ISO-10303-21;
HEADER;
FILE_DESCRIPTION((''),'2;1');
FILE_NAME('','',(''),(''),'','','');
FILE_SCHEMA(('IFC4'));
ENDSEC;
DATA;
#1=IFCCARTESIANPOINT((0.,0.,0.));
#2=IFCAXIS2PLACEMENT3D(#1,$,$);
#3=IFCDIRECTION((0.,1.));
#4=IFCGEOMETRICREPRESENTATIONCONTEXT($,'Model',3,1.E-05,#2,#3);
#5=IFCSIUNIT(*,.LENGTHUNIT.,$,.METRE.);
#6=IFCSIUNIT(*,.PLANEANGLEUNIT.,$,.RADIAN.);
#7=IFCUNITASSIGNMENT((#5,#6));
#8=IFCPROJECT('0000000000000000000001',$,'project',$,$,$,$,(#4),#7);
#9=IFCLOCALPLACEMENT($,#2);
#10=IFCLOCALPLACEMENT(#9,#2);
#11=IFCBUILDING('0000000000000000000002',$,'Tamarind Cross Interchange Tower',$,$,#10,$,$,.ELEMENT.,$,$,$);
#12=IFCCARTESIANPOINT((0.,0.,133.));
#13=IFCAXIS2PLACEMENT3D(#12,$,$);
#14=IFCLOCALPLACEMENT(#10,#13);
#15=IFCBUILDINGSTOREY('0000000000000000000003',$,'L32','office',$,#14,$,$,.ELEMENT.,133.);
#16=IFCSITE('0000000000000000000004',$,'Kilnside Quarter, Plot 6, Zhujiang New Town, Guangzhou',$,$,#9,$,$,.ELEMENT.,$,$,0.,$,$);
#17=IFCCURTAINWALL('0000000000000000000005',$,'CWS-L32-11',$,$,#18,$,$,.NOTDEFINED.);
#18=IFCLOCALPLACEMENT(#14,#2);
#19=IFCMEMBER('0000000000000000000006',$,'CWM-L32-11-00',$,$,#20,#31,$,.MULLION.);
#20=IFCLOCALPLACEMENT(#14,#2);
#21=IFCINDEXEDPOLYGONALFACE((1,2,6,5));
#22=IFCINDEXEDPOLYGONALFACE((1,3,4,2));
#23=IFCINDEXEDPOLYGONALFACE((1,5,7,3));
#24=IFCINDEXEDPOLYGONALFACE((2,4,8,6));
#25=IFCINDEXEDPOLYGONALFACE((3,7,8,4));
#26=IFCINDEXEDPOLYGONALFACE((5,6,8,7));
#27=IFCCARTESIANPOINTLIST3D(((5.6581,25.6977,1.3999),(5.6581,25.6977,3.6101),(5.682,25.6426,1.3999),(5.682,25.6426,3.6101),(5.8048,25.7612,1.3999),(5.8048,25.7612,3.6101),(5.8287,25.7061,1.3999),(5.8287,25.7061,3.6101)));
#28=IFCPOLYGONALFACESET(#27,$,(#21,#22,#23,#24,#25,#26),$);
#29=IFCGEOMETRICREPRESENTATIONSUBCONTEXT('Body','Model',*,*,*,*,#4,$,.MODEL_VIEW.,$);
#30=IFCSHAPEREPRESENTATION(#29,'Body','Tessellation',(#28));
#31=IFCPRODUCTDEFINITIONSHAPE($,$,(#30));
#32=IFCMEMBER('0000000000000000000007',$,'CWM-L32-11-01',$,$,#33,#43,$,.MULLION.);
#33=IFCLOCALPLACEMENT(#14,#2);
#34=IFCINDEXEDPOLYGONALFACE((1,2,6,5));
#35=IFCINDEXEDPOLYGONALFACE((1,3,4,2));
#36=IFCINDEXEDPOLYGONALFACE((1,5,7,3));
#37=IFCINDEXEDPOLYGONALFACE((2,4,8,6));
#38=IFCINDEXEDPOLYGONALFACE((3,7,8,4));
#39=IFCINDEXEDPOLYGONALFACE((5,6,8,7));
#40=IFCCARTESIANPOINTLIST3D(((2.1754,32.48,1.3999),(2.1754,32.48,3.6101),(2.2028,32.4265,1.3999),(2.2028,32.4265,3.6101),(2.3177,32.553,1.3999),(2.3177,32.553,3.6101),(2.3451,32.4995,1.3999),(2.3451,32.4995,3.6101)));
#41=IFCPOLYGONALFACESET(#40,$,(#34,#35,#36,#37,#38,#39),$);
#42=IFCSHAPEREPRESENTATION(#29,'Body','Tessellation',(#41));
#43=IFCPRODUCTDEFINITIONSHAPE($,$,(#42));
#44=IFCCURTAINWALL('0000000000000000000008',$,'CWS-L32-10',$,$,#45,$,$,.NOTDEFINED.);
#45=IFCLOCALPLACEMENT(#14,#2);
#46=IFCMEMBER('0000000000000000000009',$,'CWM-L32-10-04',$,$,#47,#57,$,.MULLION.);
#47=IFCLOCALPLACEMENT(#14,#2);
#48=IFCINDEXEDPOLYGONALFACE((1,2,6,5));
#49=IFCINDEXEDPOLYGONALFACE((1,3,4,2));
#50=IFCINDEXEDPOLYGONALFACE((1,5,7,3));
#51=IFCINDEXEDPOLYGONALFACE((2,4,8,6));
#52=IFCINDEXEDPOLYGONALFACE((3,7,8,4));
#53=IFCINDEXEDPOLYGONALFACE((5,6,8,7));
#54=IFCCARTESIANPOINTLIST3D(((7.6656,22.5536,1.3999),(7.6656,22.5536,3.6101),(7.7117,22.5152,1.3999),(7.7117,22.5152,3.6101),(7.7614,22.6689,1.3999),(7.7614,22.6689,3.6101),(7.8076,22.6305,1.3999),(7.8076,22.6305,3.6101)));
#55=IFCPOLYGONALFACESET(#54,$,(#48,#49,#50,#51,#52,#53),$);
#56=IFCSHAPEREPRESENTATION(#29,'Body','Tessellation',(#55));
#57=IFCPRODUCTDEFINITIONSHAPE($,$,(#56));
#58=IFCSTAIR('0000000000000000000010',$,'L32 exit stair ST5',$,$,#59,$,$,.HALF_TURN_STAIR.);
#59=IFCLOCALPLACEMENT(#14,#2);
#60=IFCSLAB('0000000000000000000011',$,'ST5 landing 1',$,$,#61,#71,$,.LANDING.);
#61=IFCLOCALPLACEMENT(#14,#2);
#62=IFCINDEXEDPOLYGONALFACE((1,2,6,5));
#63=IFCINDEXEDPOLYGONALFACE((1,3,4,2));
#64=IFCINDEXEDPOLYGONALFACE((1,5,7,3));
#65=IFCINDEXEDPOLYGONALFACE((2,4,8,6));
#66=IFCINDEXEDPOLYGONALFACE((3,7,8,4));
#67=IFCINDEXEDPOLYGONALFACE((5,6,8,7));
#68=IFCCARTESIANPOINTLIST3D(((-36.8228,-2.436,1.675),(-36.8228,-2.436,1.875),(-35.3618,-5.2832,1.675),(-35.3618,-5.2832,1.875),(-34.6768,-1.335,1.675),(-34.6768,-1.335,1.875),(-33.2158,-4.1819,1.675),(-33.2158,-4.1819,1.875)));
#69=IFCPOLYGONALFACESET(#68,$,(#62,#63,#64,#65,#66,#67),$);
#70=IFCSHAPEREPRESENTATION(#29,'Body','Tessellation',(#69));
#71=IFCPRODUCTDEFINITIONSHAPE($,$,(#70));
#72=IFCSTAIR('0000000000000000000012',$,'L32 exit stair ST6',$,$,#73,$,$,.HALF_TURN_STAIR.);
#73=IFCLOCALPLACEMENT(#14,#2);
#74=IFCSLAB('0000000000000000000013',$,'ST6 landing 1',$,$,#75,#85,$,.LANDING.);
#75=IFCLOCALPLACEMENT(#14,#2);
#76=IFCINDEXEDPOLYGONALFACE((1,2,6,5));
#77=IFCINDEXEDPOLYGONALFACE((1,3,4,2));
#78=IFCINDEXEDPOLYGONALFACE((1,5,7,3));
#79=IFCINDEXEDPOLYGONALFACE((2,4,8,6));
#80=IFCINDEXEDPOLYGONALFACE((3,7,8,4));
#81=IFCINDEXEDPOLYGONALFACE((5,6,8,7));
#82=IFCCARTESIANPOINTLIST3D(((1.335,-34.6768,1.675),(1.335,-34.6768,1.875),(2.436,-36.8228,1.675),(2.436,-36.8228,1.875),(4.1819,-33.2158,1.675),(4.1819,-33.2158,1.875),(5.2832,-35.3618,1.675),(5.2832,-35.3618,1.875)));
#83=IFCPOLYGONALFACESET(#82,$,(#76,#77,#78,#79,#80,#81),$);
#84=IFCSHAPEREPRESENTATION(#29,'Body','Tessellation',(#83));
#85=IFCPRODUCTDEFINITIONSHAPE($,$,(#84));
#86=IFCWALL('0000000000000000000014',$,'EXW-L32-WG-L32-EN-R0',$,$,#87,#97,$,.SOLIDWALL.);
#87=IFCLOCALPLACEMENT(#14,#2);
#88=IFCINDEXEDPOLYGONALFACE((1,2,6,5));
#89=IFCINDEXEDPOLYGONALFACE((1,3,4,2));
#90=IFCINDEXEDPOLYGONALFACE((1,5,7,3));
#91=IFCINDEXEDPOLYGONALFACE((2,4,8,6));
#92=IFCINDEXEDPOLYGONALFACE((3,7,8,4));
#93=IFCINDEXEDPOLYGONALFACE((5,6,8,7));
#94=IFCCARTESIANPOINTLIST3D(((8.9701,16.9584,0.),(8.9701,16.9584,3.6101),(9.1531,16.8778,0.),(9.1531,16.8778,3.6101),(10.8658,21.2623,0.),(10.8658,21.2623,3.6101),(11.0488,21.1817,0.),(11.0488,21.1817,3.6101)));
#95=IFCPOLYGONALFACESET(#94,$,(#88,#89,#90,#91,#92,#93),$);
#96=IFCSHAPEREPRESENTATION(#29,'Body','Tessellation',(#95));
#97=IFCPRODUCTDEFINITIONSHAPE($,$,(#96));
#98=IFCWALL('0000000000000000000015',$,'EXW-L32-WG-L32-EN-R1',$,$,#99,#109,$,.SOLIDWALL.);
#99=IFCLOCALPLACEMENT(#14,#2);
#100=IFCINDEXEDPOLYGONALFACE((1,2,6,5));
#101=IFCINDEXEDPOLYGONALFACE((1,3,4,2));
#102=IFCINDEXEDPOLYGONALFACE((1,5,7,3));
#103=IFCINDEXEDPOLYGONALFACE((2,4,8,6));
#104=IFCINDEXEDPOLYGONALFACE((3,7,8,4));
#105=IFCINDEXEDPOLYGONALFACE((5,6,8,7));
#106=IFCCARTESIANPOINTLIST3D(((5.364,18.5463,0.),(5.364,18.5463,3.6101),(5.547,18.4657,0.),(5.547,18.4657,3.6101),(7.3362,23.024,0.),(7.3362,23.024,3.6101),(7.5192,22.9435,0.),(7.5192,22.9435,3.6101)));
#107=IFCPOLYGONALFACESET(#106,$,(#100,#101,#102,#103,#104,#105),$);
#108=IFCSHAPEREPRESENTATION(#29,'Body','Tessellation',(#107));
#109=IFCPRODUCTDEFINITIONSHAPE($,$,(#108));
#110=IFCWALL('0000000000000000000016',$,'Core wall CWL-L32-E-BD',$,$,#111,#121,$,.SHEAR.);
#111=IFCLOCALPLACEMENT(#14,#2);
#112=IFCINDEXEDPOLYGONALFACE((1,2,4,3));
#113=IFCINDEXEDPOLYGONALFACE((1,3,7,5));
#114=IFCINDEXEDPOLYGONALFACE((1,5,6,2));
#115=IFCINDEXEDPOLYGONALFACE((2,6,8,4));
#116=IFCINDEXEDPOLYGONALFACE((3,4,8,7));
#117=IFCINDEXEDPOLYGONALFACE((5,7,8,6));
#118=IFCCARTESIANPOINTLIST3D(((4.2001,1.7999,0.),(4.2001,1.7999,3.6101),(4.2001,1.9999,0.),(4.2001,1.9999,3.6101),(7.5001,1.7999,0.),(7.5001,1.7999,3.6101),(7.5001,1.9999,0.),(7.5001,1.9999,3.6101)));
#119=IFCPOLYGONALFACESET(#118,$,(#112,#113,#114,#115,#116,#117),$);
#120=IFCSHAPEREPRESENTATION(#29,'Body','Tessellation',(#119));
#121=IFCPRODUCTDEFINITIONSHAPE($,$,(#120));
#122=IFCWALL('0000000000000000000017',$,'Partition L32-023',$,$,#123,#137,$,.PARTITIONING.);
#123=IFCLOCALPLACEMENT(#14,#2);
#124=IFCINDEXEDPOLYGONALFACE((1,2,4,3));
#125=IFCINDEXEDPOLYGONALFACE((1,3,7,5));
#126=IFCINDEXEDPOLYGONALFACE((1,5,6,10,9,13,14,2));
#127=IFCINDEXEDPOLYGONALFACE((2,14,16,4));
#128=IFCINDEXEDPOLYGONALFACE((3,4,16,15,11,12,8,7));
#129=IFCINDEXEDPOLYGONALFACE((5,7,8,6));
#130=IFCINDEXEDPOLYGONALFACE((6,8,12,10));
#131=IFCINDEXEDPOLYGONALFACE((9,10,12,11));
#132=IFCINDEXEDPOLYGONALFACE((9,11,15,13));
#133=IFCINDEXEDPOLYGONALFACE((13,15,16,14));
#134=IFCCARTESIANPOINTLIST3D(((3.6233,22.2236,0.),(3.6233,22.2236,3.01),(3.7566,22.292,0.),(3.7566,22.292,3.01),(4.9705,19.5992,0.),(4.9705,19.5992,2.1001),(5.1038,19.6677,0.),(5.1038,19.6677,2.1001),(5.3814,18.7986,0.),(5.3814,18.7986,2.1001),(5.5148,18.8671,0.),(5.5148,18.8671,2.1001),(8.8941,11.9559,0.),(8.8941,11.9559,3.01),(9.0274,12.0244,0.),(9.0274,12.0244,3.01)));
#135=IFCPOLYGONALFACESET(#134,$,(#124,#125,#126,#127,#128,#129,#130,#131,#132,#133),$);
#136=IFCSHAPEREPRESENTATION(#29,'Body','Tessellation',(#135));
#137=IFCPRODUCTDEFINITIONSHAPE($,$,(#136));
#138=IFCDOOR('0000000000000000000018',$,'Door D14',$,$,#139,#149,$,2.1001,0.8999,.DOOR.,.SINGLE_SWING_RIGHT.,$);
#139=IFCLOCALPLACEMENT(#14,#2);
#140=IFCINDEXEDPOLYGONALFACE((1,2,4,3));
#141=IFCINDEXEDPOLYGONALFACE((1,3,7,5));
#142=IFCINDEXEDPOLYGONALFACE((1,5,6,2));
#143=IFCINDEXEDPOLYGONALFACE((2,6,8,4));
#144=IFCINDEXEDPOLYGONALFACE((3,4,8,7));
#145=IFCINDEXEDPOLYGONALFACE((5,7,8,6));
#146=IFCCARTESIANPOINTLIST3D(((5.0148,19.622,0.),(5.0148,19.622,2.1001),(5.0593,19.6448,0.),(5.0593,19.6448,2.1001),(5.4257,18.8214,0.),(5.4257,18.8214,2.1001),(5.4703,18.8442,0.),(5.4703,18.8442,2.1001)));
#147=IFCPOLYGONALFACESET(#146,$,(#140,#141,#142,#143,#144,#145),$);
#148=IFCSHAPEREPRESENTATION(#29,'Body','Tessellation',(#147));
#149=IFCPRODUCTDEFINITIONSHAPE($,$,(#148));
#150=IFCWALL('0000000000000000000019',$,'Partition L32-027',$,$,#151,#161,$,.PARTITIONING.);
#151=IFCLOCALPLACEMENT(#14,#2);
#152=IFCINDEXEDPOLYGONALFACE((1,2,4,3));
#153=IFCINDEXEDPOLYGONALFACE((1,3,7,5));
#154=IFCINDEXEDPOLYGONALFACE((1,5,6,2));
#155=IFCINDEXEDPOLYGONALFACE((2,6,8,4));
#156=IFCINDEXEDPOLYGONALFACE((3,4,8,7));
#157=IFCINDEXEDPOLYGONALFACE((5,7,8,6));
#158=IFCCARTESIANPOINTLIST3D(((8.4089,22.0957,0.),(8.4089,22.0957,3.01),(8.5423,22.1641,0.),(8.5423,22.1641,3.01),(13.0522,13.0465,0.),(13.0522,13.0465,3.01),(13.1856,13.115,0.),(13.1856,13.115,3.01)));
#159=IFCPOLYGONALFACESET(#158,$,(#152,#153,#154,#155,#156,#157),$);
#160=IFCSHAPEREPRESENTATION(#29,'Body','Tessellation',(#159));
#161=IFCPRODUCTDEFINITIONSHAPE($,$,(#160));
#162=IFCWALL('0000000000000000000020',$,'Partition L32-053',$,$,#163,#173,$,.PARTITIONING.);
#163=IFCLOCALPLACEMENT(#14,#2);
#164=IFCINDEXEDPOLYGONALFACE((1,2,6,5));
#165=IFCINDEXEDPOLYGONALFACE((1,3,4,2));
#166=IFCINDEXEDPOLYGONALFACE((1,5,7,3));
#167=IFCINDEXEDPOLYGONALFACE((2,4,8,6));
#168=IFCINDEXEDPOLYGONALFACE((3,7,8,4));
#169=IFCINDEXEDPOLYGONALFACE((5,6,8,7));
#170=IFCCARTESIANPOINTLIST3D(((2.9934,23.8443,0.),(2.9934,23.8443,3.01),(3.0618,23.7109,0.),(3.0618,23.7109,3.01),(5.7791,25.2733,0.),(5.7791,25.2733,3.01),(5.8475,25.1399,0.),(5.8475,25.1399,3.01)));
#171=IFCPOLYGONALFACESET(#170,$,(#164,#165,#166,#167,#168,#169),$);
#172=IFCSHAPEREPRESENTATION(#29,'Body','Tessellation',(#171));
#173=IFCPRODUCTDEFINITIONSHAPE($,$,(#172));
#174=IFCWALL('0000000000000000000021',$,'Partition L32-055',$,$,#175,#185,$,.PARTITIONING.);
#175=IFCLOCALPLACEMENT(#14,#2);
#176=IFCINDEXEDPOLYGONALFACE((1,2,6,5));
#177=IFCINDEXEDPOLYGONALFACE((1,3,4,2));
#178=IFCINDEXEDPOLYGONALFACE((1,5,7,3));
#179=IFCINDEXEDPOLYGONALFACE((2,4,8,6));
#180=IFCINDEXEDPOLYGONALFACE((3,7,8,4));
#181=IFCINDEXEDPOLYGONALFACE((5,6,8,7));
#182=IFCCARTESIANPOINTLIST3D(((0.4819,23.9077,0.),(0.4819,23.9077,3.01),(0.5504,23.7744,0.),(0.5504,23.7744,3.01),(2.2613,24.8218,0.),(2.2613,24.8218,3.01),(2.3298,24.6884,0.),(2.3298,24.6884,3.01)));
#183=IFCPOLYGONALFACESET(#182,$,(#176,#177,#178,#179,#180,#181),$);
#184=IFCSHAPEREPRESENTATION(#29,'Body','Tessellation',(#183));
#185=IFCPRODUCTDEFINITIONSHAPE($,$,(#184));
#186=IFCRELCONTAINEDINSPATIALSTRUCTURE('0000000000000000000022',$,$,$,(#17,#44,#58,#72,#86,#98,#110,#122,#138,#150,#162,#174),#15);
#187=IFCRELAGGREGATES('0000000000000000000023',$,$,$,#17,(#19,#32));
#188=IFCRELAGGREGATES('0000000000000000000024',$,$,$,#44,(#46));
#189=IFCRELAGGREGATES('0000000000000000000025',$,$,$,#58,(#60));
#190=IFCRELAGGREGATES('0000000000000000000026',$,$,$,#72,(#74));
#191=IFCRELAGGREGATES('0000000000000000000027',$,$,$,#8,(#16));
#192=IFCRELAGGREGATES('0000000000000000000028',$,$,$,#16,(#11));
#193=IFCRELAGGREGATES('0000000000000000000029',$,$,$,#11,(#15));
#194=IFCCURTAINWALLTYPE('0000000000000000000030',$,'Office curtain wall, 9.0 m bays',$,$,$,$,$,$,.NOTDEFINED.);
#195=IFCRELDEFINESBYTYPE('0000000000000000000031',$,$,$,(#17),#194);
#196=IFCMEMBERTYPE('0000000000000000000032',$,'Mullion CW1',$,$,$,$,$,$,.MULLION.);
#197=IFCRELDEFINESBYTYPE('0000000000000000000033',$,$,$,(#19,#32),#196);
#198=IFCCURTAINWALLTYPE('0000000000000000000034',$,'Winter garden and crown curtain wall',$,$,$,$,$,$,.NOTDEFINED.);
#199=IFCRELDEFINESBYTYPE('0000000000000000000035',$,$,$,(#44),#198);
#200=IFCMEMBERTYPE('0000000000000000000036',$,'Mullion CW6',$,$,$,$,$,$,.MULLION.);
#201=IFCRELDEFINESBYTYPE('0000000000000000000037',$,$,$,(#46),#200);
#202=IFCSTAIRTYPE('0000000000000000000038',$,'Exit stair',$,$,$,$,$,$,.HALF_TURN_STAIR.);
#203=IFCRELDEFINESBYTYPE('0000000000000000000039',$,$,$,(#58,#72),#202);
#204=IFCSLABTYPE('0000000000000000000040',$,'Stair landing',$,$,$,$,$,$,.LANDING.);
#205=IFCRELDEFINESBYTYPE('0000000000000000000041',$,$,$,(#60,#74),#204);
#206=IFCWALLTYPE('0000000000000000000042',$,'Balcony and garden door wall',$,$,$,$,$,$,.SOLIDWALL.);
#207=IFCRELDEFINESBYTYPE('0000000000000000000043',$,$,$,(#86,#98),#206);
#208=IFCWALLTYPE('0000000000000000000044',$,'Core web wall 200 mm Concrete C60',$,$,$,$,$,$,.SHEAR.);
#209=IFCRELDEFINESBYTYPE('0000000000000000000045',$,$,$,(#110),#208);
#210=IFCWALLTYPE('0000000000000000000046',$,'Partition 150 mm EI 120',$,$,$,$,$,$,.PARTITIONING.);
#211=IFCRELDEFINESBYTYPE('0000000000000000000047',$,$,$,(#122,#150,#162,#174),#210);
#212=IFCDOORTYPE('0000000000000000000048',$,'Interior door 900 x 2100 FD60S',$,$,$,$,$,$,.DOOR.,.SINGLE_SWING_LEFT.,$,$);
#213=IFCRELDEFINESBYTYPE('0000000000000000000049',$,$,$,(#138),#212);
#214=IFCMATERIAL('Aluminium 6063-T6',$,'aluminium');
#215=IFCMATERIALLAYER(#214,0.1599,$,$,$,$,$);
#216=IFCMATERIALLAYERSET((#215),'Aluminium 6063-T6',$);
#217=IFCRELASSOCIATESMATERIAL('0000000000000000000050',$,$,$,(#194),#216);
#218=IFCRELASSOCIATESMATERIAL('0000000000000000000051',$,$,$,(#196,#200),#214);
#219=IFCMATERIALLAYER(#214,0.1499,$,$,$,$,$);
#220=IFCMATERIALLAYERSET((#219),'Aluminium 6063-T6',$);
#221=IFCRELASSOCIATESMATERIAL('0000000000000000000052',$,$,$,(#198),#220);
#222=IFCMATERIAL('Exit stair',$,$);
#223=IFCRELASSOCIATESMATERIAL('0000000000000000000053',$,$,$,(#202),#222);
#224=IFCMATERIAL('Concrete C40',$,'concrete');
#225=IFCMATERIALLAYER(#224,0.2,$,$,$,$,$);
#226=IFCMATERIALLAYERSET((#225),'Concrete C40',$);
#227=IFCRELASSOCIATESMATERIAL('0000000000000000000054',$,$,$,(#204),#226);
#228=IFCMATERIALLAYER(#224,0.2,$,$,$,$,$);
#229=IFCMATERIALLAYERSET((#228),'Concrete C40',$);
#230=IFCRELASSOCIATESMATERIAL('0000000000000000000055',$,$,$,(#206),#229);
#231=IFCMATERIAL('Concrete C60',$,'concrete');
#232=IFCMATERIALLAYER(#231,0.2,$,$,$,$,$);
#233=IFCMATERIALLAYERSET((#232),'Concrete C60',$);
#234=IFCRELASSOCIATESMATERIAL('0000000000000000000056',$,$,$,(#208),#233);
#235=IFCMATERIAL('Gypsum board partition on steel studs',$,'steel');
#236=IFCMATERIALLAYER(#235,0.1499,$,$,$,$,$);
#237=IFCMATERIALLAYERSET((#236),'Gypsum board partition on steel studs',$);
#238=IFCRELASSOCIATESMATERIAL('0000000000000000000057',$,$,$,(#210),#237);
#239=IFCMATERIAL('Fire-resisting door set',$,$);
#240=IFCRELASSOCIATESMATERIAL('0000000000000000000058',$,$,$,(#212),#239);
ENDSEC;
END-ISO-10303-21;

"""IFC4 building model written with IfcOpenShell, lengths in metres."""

from ifc_helpers import new_model, si_unit, direction, frame, frame_2d, origin, origin_2d, place, context, subcontext, project, spatial, polyline, rectangle, outline, extrude, material, layer, layer_set, material_profile, profile_set, type_object, element, fill, aggregate, save


model = new_model("IFC4")

# Units and contexts
model_context = context("Model", 3, precision=1e-05, world=origin(), true_north=direction((0.0, 1.0)))
body_context = subcontext(model_context, "Body", "Model", "MODEL_VIEW")
ifc_project = project(units=[si_unit("LENGTHUNIT", "METRE"), si_unit("PLANEANGLEUNIT", "RADIAN")], contexts=[model_context])

# Site, building, storey
site_placement = place(None, origin())
site = spatial("IfcSite", under=ifc_project, at=site_placement, Name="Kilnside Quarter, Plot 6, Zhujiang New Town, Guangzhou", CompositionType="ELEMENT", RefElevation=0.0)
building_placement = place(site_placement, origin())
building = spatial("IfcBuilding", under=site, at=building_placement, Name="Tamarind Cross Interchange Tower", CompositionType="ELEMENT")
storey_placement = place(building_placement, frame((0.0, 0.0, 133.0)))
storey = spatial("IfcBuildingStorey", under=building, at=storey_placement, Name="L32", Description="office", CompositionType="ELEMENT", Elevation=133.0)

# Shared definitions
ifc_material_1 = material(Name="Concrete C60", Category="concrete")

# Curtain wall, members
ifc_material_2 = material(Name="Aluminium 6063-T6", Category="aluminium")
ifc_layer_1 = layer(ifc_material_2, 0.1599)
ifc_layer_set_1 = layer_set([ifc_layer_1], Name="Aluminium 6063-T6")
curtain_wall_type_1 = type_object("IfcCurtainWallType", Name="Office curtain wall, 9.0 m bays", PredefinedType="NOTDEFINED", material=ifc_layer_set_1)
curtain_wall_1_placement = place(storey_placement, origin())
curtain_wall_1 = element("IfcCurtainWall", 1, at=curtain_wall_1_placement, inside=storey, type_object=curtain_wall_type_1, Name="CWS-L32-11", PredefinedType="NOTDEFINED")
ifc_material_profile_1 = material_profile(ifc_material_2, rectangle(XDim=0.0601, YDim=0.1599, at=origin_2d()), Name="Mullion CW1")
ifc_profile_set_1 = profile_set([ifc_material_profile_1], Name="Aluminium 6063-T6")
member_type_1 = type_object("IfcMemberType", Name="Mullion CW1", PredefinedType="MULLION", material=ifc_profile_set_1)
member_1_placement = place(storey_placement, frame((5.7434, 25.7019, 1.3999), z_axis=(0.0, 0.0, 1.0), x_axis=(-0.397385, 0.917652, 0.0)))
member_1 = element("IfcMember", 2, at=member_1_placement, type_object=member_type_1, Name="CWM-L32-11-00", PredefinedType="MULLION", context=body_context, shape_type="SweptSolid", body=[
    extrude(rectangle(XDim=0.0601, YDim=0.1599, at=origin_2d()), origin(), (0.0, 0.0, 1.0), 2.2102),
])
member_2_placement = place(storey_placement, frame((2.2603, 32.4897, 1.3999), z_axis=(0.0, 0.0, 1.0), x_axis=(-0.456551, 0.889697, 0.0)))
member_2 = element("IfcMember", 3, at=member_2_placement, type_object=member_type_1, Name="CWM-L32-11-01", PredefinedType="MULLION", context=body_context, shape_type="SweptSolid", body=[
    extrude(rectangle(XDim=0.0601, YDim=0.1599, at=origin_2d()), origin(), (0.0, 0.0, 1.0), 2.2102),
])
aggregate(curtain_wall_1, [member_1, member_2])

# Curtain wall, member
ifc_layer_2 = layer(ifc_material_2, 0.1499)
ifc_layer_set_2 = layer_set([ifc_layer_2], Name="Aluminium 6063-T6")
curtain_wall_type_2 = type_object("IfcCurtainWallType", Name="Winter garden and crown curtain wall", PredefinedType="NOTDEFINED", material=ifc_layer_set_2)
curtain_wall_2_placement = place(storey_placement, origin())
curtain_wall_2 = element("IfcCurtainWall", 4, at=curtain_wall_2_placement, inside=storey, type_object=curtain_wall_type_2, Name="CWS-L32-10", PredefinedType="NOTDEFINED")
ifc_material_profile_2 = material_profile(ifc_material_2, rectangle(XDim=0.0601, YDim=0.1499, at=origin_2d()), Name="Mullion CW6")
ifc_profile_set_2 = profile_set([ifc_material_profile_2], Name="Aluminium 6063-T6")
member_type_2 = type_object("IfcMemberType", Name="Mullion CW6", PredefinedType="MULLION", material=ifc_profile_set_2)
member_3_placement = place(storey_placement, frame((7.7366, 22.592, 1.3999), z_axis=(0.0, 0.0, 1.0), x_axis=(-0.768853, 0.639426, 0.0)))
member_3 = element("IfcMember", 5, at=member_3_placement, type_object=member_type_2, Name="CWM-L32-10-04", PredefinedType="MULLION", context=body_context, shape_type="SweptSolid", body=[
    extrude(rectangle(XDim=0.0601, YDim=0.1499, at=origin_2d()), origin(), (0.0, 0.0, 1.0), 2.2102),
])
aggregate(curtain_wall_2, [member_3])

# Stairs, slabs
ifc_material_3 = material(Name="Exit stair")
stair_type = type_object("IfcStairType", Name="Exit stair", PredefinedType="HALF_TURN_STAIR", material=ifc_material_3)
stair_1_placement = place(storey_placement, origin())
stair_1 = element("IfcStair", 6, at=stair_1_placement, inside=storey, type_object=stair_type, Name="L32 exit stair ST5", PredefinedType="HALF_TURN_STAIR")
ifc_material_4 = material(Name="Concrete C40", Category="concrete")
ifc_layer_3 = layer(ifc_material_4, 0.2)
ifc_layer_set_3 = layer_set([ifc_layer_3], Name="Concrete C40")
slab_type = type_object("IfcSlabType", Name="Stair landing", PredefinedType="LANDING", material=ifc_layer_set_3)
slab_1_placement = place(storey_placement, frame((0.0, 0.0, 1.675)))
slab_1 = element("IfcSlab", 7, at=slab_1_placement, type_object=slab_type, Name="ST5 landing 1", PredefinedType="LANDING", context=body_context, shape_type="SweptSolid", body=[
    extrude(outline(polyline([(-34.6768, -1.335), (-36.8228, -2.436), (-35.3618, -5.2832), (-33.2158, -4.1819), (-34.6768, -1.335)])), origin(), (0.0, 0.0, 1.0), 0.2),
])
aggregate(stair_1, [slab_1])
stair_2_placement = place(storey_placement, origin())
stair_2 = element("IfcStair", 8, at=stair_2_placement, inside=storey, type_object=stair_type, Name="L32 exit stair ST6", PredefinedType="HALF_TURN_STAIR")
slab_2_placement = place(storey_placement, frame((0.0, 0.0, 1.675)))
slab_2 = element("IfcSlab", 9, at=slab_2_placement, type_object=slab_type, Name="ST6 landing 1", PredefinedType="LANDING", context=body_context, shape_type="SweptSolid", body=[
    extrude(outline(polyline([(1.335, -34.6768), (2.436, -36.8228), (5.2832, -35.3618), (4.1819, -33.2158), (1.335, -34.6768)])), origin(), (0.0, 0.0, 1.0), 0.2),
])
aggregate(stair_2, [slab_2])

# Shared definitions
ifc_layer_4 = layer(ifc_material_4, 0.2)
ifc_layer_set_4 = layer_set([ifc_layer_4], Name="Concrete C40")
wall_type_1 = type_object("IfcWallType", Name="Balcony and garden door wall", PredefinedType="SOLIDWALL", material=ifc_layer_set_4)

# Walls
wall_1_placement = place(storey_placement, frame((9.0615, 16.918, 0.0), z_axis=(0.0, 0.0, 1.0), x_axis=(0.403097, 0.915157, 0.0)))
element("IfcWall", 10, at=wall_1_placement, inside=storey, type_object=wall_type_1, Name="EXW-L32-WG-L32-EN-R0", PredefinedType="SOLIDWALL", context=body_context, shape_type="SweptSolid", body=[
    extrude(rectangle(XDim=4.7029, YDim=0.2, at=frame_2d((2.3516, 0.0))), origin(), (0.0, 0.0, 1.0), 3.6101),
])
wall_2_placement = place(storey_placement, frame((5.4556, 18.5061, 0.0), z_axis=(0.0, 0.0, 1.0), x_axis=(0.403071, 0.915169, 0.0)))
element("IfcWall", 11, at=wall_2_placement, inside=storey, type_object=wall_type_1, Name="EXW-L32-WG-L32-EN-R1", PredefinedType="SOLIDWALL", context=body_context, shape_type="SweptSolid", body=[
    extrude(rectangle(XDim=4.8928, YDim=0.2, at=frame_2d((2.4463, 0.0))), origin(), (0.0, 0.0, 1.0), 3.6101),
])
ifc_layer_5 = layer(ifc_material_1, 0.2)
ifc_layer_set_5 = layer_set([ifc_layer_5], Name="Concrete C60")
wall_type_2 = type_object("IfcWallType", Name="Core web wall 200 mm Concrete C60", PredefinedType="SHEAR", material=ifc_layer_set_5)
wall_3_placement = place(storey_placement, frame((7.5, 1.8999, 0.0), z_axis=(0.0, 0.0, 1.0), x_axis=(-1.0, 0.0, 0.0)))
element("IfcWall", 12, at=wall_3_placement, inside=storey, type_object=wall_type_2, Name="Core wall CWL-L32-E-BD", PredefinedType="SHEAR", context=body_context, shape_type="SweptSolid", body=[
    extrude(rectangle(XDim=3.3, YDim=0.2, at=frame_2d((1.6499, 0.0))), origin(), (0.0, 0.0, 1.0), 3.6101),
])

# Wall, opening, door
ifc_material_5 = material(Name="Gypsum board partition on steel studs", Category="steel")
ifc_layer_6 = layer(ifc_material_5, 0.1499)
ifc_layer_set_6 = layer_set([ifc_layer_6], Name="Gypsum board partition on steel studs")
wall_type_3 = type_object("IfcWallType", Name="Partition 150 mm EI 120", PredefinedType="PARTITIONING", material=ifc_layer_set_6)
wall_4_placement = place(storey_placement, frame((3.6899, 22.2578, 0.0), z_axis=(0.0, 0.0, 1.0), x_axis=(0.456682, -0.88963, 0.0)))
wall_4 = element("IfcWall", 13, at=wall_4_placement, inside=storey, type_object=wall_type_3, Name="Partition L32-023", PredefinedType="PARTITIONING", context=body_context, shape_type="SweptSolid", body=[
    extrude(rectangle(XDim=11.5415, YDim=0.1499, at=frame_2d((5.7708, 0.0))), origin(), (0.0, 0.0, 1.0), 3.01),
])
opening_1_placement = place(wall_4_placement, frame((2.95, 0.0, 0.0)))
opening_1 = element("IfcOpeningElement", 14, at=opening_1_placement, cuts=wall_4, PredefinedType="OPENING", context=body_context, shape_type="SweptSolid", body=[
    extrude(rectangle(XDim=0.8999, YDim=2.1001, at=frame_2d((0.45, 1.05))), frame((0.0, 0.085, 0.0), z_axis=(0.0, -1.0, 0.0), x_axis=(1.0, 0.0, 0.0)), (0.0, 0.0, 1.0), 0.1699),
])
ifc_material_6 = material(Name="Fire-resisting door set")
door_type_1 = type_object("IfcDoorType", Name="Interior door 900 x 2100 FD60S", OperationType="SINGLE_SWING_LEFT", PredefinedType="DOOR", material=ifc_material_6)
door_1_placement = place(opening_1_placement, origin())
door_1 = element("IfcDoor", 15, at=door_1_placement, inside=storey, type_object=door_type_1, Name="Door D14", OperationType="SINGLE_SWING_RIGHT", OverallHeight=2.1001, OverallWidth=0.8999, PredefinedType="DOOR", context=body_context, shape_type="SweptSolid", body=[
    extrude(rectangle(XDim=0.8999, YDim=2.1001, at=frame_2d((0.45, 1.05))), frame((0.0, 0.0249, 0.0), z_axis=(0.0, -1.0, 0.0), x_axis=(1.0, 0.0, 0.0)), (0.0, 0.0, 1.0), 0.05),
])
fill(opening_1, door_1)

# Walls
wall_5_placement = place(storey_placement, frame((8.4756, 22.1299, 0.0), z_axis=(0.0, 0.0, 1.0), x_axis=(0.456532, -0.889707, 0.0)))
element("IfcWall", 16, at=wall_5_placement, inside=storey, type_object=wall_type_3, Name="Partition L32-027", PredefinedType="PARTITIONING", context=body_context, shape_type="SweptSolid", body=[
    extrude(rectangle(XDim=10.1709, YDim=0.1499, at=frame_2d((5.0854, 0.0))), origin(), (0.0, 0.0, 1.0), 3.01),
])
wall_6_placement = place(storey_placement, frame((3.0276, 23.7776, 0.0), z_axis=(0.0, 0.0, 1.0), x_axis=(0.889763, 0.456423, 0.0)))
element("IfcWall", 17, at=wall_6_placement, inside=storey, type_object=wall_type_3, Name="Partition L32-053", PredefinedType="PARTITIONING", context=body_context, shape_type="SweptSolid", body=[
    extrude(rectangle(XDim=3.1309, YDim=0.1499, at=frame_2d((1.5654, 0.0))), origin(), (0.0, 0.0, 1.0), 3.01),
])
wall_7_placement = place(storey_placement, frame((0.5161, 23.8411, 0.0), z_axis=(0.0, 0.0, 1.0), x_axis=(0.889517, 0.456901, 0.0)))
element("IfcWall", 18, at=wall_7_placement, inside=storey, type_object=wall_type_3, Name="Partition L32-055", PredefinedType="PARTITIONING", context=body_context, shape_type="SweptSolid", body=[
    extrude(rectangle(XDim=2.0005, YDim=0.1499, at=frame_2d((1.0002, 0.0))), origin(), (0.0, 0.0, 1.0), 3.01),
])

save(model, "model.ifc")
